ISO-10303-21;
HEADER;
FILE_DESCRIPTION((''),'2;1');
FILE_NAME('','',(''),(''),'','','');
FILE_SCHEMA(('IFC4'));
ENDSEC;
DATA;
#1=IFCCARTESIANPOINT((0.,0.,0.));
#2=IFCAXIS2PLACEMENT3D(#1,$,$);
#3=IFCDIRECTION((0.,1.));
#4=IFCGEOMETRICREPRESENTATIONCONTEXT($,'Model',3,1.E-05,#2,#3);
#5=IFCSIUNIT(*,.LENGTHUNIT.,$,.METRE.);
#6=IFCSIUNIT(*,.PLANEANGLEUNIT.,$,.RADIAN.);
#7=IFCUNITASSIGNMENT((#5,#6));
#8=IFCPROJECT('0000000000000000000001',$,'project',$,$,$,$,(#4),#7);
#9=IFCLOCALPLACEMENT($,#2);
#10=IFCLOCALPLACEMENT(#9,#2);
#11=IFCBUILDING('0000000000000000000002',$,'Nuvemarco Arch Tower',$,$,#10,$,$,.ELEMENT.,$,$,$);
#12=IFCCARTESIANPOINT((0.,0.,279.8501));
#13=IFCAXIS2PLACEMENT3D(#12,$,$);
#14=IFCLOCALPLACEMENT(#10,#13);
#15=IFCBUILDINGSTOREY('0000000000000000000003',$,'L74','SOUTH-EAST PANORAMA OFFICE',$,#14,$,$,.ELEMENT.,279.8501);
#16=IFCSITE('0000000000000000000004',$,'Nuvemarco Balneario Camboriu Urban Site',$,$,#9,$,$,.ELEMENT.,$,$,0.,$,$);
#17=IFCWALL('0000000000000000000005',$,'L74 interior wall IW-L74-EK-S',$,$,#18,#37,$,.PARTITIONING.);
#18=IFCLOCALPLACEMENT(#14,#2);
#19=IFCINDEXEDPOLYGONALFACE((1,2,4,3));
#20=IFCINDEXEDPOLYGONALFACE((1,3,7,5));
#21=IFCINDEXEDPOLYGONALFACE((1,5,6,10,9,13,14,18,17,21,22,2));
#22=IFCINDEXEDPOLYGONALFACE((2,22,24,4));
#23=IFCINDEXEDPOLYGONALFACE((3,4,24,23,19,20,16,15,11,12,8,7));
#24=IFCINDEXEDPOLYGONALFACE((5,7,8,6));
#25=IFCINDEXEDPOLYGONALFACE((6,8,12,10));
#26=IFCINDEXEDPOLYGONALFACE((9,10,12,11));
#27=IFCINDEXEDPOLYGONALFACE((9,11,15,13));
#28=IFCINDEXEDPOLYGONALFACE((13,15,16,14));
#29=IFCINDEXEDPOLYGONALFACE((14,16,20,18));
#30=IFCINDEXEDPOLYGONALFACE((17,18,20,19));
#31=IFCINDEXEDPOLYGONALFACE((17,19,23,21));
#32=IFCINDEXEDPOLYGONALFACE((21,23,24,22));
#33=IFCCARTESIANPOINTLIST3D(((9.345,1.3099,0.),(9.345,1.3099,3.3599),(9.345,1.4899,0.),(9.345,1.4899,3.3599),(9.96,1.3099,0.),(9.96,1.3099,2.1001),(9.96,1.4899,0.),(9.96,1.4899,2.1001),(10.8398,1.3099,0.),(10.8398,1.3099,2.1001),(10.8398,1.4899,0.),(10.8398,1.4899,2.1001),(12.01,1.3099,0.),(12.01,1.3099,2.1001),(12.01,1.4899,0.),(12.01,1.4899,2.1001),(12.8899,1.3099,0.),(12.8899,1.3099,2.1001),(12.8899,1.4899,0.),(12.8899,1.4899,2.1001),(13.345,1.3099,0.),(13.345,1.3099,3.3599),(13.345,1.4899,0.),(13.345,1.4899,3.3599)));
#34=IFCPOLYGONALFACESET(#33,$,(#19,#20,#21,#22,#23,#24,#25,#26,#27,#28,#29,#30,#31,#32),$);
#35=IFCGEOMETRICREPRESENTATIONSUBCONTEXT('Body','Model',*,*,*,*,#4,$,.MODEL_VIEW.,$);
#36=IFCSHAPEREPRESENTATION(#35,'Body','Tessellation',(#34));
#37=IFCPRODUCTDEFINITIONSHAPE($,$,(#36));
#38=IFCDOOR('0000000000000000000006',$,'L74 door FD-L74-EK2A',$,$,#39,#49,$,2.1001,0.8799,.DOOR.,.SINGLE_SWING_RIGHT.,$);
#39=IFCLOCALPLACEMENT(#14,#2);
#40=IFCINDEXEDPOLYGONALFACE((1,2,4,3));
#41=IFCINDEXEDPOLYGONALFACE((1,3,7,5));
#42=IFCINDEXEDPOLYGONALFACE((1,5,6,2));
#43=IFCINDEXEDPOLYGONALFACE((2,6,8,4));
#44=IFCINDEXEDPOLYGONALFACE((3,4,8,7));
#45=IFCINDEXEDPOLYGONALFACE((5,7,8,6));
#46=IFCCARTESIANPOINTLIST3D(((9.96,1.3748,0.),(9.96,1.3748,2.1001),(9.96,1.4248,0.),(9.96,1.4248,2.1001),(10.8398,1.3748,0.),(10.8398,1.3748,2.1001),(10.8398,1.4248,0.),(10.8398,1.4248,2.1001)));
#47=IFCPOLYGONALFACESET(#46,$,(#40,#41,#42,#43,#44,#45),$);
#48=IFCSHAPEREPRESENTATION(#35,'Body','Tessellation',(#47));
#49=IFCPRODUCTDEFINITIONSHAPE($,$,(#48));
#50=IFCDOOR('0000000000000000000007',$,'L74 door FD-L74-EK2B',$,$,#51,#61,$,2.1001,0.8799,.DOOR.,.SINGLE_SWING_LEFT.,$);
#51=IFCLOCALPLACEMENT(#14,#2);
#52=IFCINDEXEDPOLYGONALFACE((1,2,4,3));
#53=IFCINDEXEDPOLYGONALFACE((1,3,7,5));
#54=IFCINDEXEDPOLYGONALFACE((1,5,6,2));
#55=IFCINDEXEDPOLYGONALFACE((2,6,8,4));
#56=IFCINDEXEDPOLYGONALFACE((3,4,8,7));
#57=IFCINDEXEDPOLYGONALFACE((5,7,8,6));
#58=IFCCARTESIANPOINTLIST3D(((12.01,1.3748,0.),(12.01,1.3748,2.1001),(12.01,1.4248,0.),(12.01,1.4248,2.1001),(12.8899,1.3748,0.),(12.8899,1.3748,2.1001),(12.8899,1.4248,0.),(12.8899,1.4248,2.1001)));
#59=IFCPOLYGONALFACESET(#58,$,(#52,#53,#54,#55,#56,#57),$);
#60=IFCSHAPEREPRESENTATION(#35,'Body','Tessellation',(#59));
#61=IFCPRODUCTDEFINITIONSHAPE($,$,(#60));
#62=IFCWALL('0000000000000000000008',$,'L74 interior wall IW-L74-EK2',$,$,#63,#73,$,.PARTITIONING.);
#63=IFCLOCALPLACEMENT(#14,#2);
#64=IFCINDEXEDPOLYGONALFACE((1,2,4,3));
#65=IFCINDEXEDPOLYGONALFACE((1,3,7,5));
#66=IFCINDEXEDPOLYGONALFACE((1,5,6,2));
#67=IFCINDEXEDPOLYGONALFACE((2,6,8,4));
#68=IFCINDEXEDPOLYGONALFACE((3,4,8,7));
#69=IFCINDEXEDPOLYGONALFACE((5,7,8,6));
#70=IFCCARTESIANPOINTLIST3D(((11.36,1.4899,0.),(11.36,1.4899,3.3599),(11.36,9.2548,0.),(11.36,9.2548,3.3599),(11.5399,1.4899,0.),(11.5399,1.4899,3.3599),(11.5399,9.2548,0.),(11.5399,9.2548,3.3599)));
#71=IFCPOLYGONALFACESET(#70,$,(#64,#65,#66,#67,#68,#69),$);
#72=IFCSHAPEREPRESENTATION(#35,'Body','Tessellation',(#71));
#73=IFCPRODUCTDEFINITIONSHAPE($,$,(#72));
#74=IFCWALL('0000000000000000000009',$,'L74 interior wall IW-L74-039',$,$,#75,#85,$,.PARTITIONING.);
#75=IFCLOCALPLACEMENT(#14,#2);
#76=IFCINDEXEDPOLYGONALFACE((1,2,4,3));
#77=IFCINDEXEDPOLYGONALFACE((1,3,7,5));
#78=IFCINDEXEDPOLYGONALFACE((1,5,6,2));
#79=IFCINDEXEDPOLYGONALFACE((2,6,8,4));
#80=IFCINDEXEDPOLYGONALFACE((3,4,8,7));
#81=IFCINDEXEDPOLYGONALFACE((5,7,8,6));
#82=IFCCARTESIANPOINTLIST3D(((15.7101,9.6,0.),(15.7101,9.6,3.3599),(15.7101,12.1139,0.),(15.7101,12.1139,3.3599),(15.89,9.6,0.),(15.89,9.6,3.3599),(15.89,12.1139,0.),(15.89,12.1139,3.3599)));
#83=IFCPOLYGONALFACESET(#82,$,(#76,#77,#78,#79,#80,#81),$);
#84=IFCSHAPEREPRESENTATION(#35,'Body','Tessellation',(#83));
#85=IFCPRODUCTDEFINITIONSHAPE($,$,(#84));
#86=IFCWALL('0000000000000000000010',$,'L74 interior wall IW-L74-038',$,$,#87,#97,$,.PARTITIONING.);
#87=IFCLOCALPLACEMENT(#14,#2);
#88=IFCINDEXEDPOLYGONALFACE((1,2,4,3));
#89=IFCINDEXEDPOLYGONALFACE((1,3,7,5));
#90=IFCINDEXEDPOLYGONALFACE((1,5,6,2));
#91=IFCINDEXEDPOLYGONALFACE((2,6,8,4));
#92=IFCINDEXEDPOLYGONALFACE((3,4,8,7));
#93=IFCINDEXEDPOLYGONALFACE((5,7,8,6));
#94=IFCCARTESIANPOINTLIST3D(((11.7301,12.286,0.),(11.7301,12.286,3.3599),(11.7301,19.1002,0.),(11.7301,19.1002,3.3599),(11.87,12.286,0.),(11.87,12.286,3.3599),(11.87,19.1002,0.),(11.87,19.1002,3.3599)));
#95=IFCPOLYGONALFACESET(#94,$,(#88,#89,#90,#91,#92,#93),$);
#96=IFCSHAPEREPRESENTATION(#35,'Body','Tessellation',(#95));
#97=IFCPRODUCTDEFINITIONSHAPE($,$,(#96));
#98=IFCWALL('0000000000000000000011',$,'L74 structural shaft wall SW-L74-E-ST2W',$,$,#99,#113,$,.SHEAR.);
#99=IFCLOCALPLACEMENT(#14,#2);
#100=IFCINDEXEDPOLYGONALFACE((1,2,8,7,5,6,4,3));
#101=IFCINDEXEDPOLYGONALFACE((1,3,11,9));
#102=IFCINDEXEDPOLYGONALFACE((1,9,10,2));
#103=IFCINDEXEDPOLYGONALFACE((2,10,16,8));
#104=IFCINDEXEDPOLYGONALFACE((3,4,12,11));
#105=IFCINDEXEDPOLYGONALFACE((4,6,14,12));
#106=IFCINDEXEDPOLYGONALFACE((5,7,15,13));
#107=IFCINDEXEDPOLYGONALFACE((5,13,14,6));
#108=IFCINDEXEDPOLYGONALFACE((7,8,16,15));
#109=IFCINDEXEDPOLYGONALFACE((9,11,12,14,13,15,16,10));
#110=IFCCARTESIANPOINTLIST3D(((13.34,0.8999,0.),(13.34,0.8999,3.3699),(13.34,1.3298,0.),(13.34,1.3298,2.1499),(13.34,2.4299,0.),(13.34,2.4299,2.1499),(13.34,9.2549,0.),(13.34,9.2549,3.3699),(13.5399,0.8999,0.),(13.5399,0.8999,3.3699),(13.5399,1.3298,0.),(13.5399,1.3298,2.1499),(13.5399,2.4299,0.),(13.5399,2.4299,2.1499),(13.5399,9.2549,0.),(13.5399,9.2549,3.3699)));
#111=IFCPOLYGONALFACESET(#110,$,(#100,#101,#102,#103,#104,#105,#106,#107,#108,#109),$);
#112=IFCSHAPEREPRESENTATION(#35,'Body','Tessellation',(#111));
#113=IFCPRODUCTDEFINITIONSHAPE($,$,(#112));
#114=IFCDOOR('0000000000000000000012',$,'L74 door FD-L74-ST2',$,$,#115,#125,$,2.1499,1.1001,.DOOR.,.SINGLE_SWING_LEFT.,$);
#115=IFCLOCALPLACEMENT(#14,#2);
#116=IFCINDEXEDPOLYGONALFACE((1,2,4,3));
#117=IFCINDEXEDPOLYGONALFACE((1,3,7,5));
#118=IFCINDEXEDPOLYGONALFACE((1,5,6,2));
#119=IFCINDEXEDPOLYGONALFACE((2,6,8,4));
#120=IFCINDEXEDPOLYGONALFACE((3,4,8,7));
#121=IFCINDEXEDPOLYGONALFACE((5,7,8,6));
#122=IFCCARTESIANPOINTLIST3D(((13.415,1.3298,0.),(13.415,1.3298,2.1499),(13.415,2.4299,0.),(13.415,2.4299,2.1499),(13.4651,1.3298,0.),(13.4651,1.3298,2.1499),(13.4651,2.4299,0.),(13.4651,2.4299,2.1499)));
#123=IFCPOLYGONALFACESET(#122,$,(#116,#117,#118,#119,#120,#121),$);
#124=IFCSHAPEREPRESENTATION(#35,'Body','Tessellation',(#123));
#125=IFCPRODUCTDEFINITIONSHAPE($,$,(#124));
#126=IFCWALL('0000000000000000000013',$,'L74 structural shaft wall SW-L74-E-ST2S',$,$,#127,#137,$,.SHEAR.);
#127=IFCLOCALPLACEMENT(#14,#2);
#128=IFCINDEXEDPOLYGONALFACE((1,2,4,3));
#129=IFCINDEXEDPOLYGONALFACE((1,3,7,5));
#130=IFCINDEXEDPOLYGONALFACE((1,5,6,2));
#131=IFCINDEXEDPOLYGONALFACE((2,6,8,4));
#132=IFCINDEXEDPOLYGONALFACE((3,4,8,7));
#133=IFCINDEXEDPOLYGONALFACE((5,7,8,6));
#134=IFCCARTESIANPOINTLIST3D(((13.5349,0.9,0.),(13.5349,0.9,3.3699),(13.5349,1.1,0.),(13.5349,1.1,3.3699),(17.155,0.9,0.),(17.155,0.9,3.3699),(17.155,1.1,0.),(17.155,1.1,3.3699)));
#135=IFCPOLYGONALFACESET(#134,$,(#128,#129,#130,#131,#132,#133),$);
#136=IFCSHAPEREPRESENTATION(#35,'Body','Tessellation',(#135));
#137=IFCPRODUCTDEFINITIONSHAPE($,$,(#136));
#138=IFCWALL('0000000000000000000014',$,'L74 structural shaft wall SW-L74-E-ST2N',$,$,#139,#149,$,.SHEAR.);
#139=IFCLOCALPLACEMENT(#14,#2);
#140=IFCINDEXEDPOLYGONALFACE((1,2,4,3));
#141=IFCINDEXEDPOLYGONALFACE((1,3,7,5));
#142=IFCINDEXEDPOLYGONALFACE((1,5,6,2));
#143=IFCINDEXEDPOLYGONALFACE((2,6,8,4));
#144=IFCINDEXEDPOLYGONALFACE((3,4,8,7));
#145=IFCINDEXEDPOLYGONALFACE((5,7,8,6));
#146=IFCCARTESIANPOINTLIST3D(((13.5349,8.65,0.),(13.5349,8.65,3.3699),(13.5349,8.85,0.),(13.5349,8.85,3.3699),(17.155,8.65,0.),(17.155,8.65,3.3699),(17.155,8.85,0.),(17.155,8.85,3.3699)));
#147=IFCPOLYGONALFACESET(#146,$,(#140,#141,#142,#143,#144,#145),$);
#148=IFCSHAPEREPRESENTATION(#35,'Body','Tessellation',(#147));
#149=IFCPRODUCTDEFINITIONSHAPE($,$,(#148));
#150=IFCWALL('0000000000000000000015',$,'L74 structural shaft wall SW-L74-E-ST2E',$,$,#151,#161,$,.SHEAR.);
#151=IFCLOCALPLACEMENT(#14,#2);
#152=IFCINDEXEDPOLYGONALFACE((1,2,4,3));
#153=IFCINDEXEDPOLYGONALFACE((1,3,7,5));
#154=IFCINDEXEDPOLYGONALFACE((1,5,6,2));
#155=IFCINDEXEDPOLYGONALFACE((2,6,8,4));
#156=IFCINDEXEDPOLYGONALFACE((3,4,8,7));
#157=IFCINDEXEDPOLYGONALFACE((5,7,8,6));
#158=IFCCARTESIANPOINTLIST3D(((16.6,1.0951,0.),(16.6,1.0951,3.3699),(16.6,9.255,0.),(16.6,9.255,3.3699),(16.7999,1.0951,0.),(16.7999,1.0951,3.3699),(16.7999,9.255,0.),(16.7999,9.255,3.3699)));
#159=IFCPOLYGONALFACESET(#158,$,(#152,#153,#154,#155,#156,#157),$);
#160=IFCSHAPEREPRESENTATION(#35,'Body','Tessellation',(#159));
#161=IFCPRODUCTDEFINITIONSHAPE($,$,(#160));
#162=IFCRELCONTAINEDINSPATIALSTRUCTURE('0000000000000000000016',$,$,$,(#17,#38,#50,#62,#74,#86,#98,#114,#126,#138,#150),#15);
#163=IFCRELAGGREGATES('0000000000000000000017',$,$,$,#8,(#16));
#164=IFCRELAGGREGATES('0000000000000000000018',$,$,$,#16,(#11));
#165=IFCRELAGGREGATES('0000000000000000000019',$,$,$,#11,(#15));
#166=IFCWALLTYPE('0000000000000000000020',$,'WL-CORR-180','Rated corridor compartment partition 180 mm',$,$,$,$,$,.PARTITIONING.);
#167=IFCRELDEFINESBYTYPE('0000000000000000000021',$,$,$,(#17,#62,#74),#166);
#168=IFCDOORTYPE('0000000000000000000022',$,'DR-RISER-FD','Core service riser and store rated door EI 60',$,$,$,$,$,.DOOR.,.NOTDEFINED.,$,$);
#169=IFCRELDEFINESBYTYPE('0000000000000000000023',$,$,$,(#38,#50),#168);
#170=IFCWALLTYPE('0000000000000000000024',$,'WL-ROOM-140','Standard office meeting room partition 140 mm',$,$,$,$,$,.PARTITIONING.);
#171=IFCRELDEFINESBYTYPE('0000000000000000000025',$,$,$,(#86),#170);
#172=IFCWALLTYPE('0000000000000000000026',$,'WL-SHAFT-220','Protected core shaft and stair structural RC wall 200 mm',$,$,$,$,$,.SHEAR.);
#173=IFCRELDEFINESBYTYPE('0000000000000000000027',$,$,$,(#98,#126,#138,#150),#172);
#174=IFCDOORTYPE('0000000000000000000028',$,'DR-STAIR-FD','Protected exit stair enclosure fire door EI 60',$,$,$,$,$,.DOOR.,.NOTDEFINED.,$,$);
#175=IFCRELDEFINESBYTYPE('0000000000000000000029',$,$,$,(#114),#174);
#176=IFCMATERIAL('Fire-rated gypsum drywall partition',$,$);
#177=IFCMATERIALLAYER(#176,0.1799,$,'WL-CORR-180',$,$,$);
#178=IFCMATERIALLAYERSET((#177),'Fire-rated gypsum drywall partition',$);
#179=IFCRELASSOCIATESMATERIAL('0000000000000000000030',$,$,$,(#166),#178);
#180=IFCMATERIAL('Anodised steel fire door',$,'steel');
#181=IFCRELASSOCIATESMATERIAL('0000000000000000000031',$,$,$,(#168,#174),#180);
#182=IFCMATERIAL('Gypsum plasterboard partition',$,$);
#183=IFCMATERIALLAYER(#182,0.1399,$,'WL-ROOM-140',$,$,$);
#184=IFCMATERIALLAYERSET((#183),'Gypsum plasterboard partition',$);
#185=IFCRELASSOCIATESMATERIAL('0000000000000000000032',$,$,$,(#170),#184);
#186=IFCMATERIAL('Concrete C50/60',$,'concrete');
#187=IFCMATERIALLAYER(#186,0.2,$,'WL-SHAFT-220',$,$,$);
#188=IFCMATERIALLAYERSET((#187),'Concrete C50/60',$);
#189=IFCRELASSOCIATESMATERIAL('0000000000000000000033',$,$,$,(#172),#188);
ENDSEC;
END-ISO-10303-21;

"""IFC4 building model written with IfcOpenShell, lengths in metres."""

from ifc_helpers import new_model, si_unit, direction, frame, frame_2d, origin, place, context, subcontext, project, spatial, rectangle, extrude, source, transform, mapped, material, layer, layer_set, type_object, type_shapes, element, fill, save


model = new_model("IFC4")

# Units and contexts
model_context = context("Model", 3, precision=1e-05, world=origin(), true_north=direction((0.0, 1.0)))
body_context = subcontext(model_context, "Body", "Model", "MODEL_VIEW")
ifc_project = project(units=[si_unit("LENGTHUNIT", "METRE"), si_unit("PLANEANGLEUNIT", "RADIAN")], contexts=[model_context])

# Site, building, storey
site_placement = place(None, origin())
site = spatial("IfcSite", under=ifc_project, at=site_placement, Name="Nuvemarco Balneario Camboriu Urban Site", CompositionType="ELEMENT", RefElevation=0.0)
building_placement = place(site_placement, origin())
building = spatial("IfcBuilding", under=site, at=building_placement, Name="Nuvemarco Arch Tower", CompositionType="ELEMENT")
storey_placement = place(building_placement, frame((0.0, 0.0, 279.8501)))
storey = spatial("IfcBuildingStorey", under=building, at=storey_placement, Name="L74", Description="SOUTH-EAST PANORAMA OFFICE", CompositionType="ELEMENT", Elevation=279.8501)

# Shared definitions
ifc_material_1 = material(Name="Concrete C50/60", Category="concrete")

# Wall, openings, doors
ifc_material_2 = material(Name="Fire-rated gypsum drywall partition")
ifc_layer_1 = layer(ifc_material_2, 0.1799, Name="WL-CORR-180")
ifc_layer_set_1 = layer_set([ifc_layer_1], Name="Fire-rated gypsum drywall partition")
wall_type_1 = type_object("IfcWallType", Name="WL-CORR-180", Description="Rated corridor compartment partition 180 mm", PredefinedType="PARTITIONING", material=ifc_layer_set_1)
wall_1_placement = place(storey_placement, frame((9.345, 1.3999, 0.0), z_axis=(0.0, 0.0, 1.0), x_axis=(1.0, 0.0, 0.0)))
wall_1 = element("IfcWall", 1, at=wall_1_placement, inside=storey, type_object=wall_type_1, Name="L74 interior wall IW-L74-EK-S", PredefinedType="PARTITIONING", context=body_context, shape_type="SweptSolid", body=[
    extrude(rectangle(XDim=4.0, YDim=0.1799, at=frame_2d((2.0, 0.0))), origin(), (0.0, 0.0, 1.0), 3.3599),
])
opening_1_placement = place(wall_1_placement, frame((0.615, 0.0, 0.0)))
opening_1 = element("IfcOpeningElement", 2, at=opening_1_placement, cuts=wall_1, PredefinedType="OPENING", context=body_context, shape_type="SweptSolid", body=[
    extrude(rectangle(XDim=0.8799, YDim=2.1001, at=frame_2d((0.4399, 1.05))), frame((0.0, 0.0999, 0.0), z_axis=(0.0, -1.0, 0.0), x_axis=(1.0, 0.0, 0.0)), (0.0, 0.0, 1.0), 0.2),
])
opening_2_placement = place(wall_1_placement, frame((2.665, 0.0, 0.0)))
opening_2 = element("IfcOpeningElement", 3, at=opening_2_placement, cuts=wall_1, PredefinedType="OPENING", context=body_context, shape_type="SweptSolid", body=[
    extrude(rectangle(XDim=0.8799, YDim=2.1001, at=frame_2d((0.4399, 1.05))), frame((0.0, 0.0999, 0.0), z_axis=(0.0, -1.0, 0.0), x_axis=(1.0, 0.0, 0.0)), (0.0, 0.0, 1.0), 0.2),
])
ifc_material_3 = material(Name="Anodised steel fire door", Category="steel")
door_type_1 = type_object("IfcDoorType", Name="DR-RISER-FD", Description="Core service riser and store rated door EI 60", OperationType="NOTDEFINED", PredefinedType="DOOR", material=ifc_material_3)
shared_shape_1 = source(origin(), body_context, "Body", "SweptSolid", [
    extrude(rectangle(XDim=0.8799, YDim=2.1001, at=frame_2d((0.4399, 1.05))), frame((0.0, 0.0249, 0.0), z_axis=(0.0, -1.0, 0.0), x_axis=(1.0, 0.0, 0.0)), (0.0, 0.0, 1.0), 0.05),
])
type_shapes(door_type_1, [shared_shape_1])
door_1_placement = place(opening_1_placement, origin())
door_1 = element("IfcDoor", 4, at=door_1_placement, inside=storey, type_object=door_type_1, Name="L74 door FD-L74-EK2A", OperationType="SINGLE_SWING_RIGHT", OverallHeight=2.1001, OverallWidth=0.8799, PredefinedType="DOOR", context=body_context, shape_type="MappedRepresentation", body=[
    mapped(shared_shape_1, transform((0.0, 0.0, 0.0), scale=1.0)),
])
fill(opening_1, door_1)
door_2_placement = place(opening_2_placement, origin())
door_2 = element("IfcDoor", 5, at=door_2_placement, inside=storey, type_object=door_type_1, Name="L74 door FD-L74-EK2B", OperationType="SINGLE_SWING_LEFT", OverallHeight=2.1001, OverallWidth=0.8799, PredefinedType="DOOR", context=body_context, shape_type="MappedRepresentation", body=[
    mapped(shared_shape_1, transform((0.0, 0.0, 0.0), scale=1.0)),
])
fill(opening_2, door_2)

# Walls
wall_2_placement = place(storey_placement, frame((11.45, 1.49, 0.0), z_axis=(0.0, 0.0, 1.0), x_axis=(0.0, 1.0, 0.0)))
element("IfcWall", 6, at=wall_2_placement, inside=storey, type_object=wall_type_1, Name="L74 interior wall IW-L74-EK2", PredefinedType="PARTITIONING", context=body_context, shape_type="SweptSolid", body=[
    extrude(rectangle(XDim=7.7649, YDim=0.1799, at=frame_2d((3.8823, 0.0))), origin(), (0.0, 0.0, 1.0), 3.3599),
])
wall_3_placement = place(storey_placement, frame((15.8, 9.6001, 0.0), z_axis=(0.0, 0.0, 1.0), x_axis=(0.0, 1.0, 0.0)))
element("IfcWall", 7, at=wall_3_placement, inside=storey, type_object=wall_type_1, Name="L74 interior wall IW-L74-039", PredefinedType="PARTITIONING", context=body_context, shape_type="SweptSolid", body=[
    extrude(rectangle(XDim=2.5139, YDim=0.1799, at=frame_2d((1.2568, 0.0))), origin(), (0.0, 0.0, 1.0), 3.3599),
])
ifc_material_4 = material(Name="Gypsum plasterboard partition")
ifc_layer_2 = layer(ifc_material_4, 0.1399, Name="WL-ROOM-140")
ifc_layer_set_2 = layer_set([ifc_layer_2], Name="Gypsum plasterboard partition")
wall_type_2 = type_object("IfcWallType", Name="WL-ROOM-140", Description="Standard office meeting room partition 140 mm", PredefinedType="PARTITIONING", material=ifc_layer_set_2)
wall_4_placement = place(storey_placement, frame((11.8, 12.2859, 0.0), z_axis=(0.0, 0.0, 1.0), x_axis=(0.0, 1.0, 0.0)))
element("IfcWall", 8, at=wall_4_placement, inside=storey, type_object=wall_type_2, Name="L74 interior wall IW-L74-038", PredefinedType="PARTITIONING", context=body_context, shape_type="SweptSolid", body=[
    extrude(rectangle(XDim=6.8142, YDim=0.1399, at=frame_2d((3.4072, 0.0))), origin(), (0.0, 0.0, 1.0), 3.3599),
])

# Wall, opening, door
ifc_layer_3 = layer(ifc_material_1, 0.2, Name="WL-SHAFT-220")
ifc_layer_set_3 = layer_set([ifc_layer_3], Name="Concrete C50/60")
wall_type_3 = type_object("IfcWallType", Name="WL-SHAFT-220", Description="Protected core shaft and stair structural RC wall 200 mm", PredefinedType="SHEAR", material=ifc_layer_set_3)
wall_5_placement = place(storey_placement, frame((13.4399, 0.8999, 0.0), z_axis=(0.0, 0.0, 1.0), x_axis=(0.0, 1.0, 0.0)))
wall_5 = element("IfcWall", 9, at=wall_5_placement, inside=storey, type_object=wall_type_3, Name="L74 structural shaft wall SW-L74-E-ST2W", PredefinedType="SHEAR", context=body_context, shape_type="SweptSolid", body=[
    extrude(rectangle(XDim=8.355, YDim=0.2, at=frame_2d((4.1775, 0.0))), origin(), (0.0, 0.0, 1.0), 3.3699),
])
opening_3_placement = place(wall_5_placement, frame((0.4299, 0.0, 0.0)))
opening_3 = element("IfcOpeningElement", 10, at=opening_3_placement, cuts=wall_5, PredefinedType="OPENING", context=body_context, shape_type="SweptSolid", body=[
    extrude(rectangle(XDim=1.1001, YDim=2.1499, at=frame_2d((0.55, 1.075))), frame((0.0, 0.1099, 0.0), z_axis=(0.0, -1.0, 0.0), x_axis=(1.0, 0.0, 0.0)), (0.0, 0.0, 1.0), 0.22),
])
door_type_2 = type_object("IfcDoorType", Name="DR-STAIR-FD", Description="Protected exit stair enclosure fire door EI 60", OperationType="NOTDEFINED", PredefinedType="DOOR", material=ifc_material_3)
shared_shape_2 = source(origin(), body_context, "Body", "SweptSolid", [
    extrude(rectangle(XDim=1.1001, YDim=2.1499, at=frame_2d((0.55, 1.075))), frame((0.0, 0.0249, 0.0), z_axis=(0.0, -1.0, 0.0), x_axis=(1.0, 0.0, 0.0)), (0.0, 0.0, 1.0), 0.05),
])
type_shapes(door_type_2, [shared_shape_2])
door_3_placement = place(opening_3_placement, origin())
door_3 = element("IfcDoor", 11, at=door_3_placement, inside=storey, type_object=door_type_2, Name="L74 door FD-L74-ST2", OperationType="SINGLE_SWING_LEFT", OverallHeight=2.1499, OverallWidth=1.1001, PredefinedType="DOOR", context=body_context, shape_type="MappedRepresentation", body=[
    mapped(shared_shape_2, transform((0.0, 0.0, 0.0), scale=1.0)),
])
fill(opening_3, door_3)

# Walls
for number, where, z_axis, x_axis, name in (
    (12, (13.5349, 1.0, 0.0), (0.0, 0.0, 1.0), (1.0, 0.0, 0.0), "L74 structural shaft wall SW-L74-E-ST2S"),
    (13, (13.5349, 8.75, 0.0), (0.0, 0.0, 1.0), (1.0, 0.0, 0.0), "L74 structural shaft wall SW-L74-E-ST2N"),
):
    element("IfcWall", number, at=place(storey_placement, frame(where, z_axis=z_axis, x_axis=x_axis)), inside=storey, type_object=wall_type_3, Name=name, PredefinedType="SHEAR", context=body_context, shape_type="SweptSolid", body=[
        extrude(rectangle(XDim=3.6201, YDim=0.2, at=frame_2d((1.8101, 0.0))), origin(), (0.0, 0.0, 1.0), 3.3699),
    ])
wall_6_placement = place(storey_placement, frame((16.7, 1.095, 0.0), z_axis=(0.0, 0.0, 1.0), x_axis=(0.0, 1.0, 0.0)))
element("IfcWall", 14, at=wall_6_placement, inside=storey, type_object=wall_type_3, Name="L74 structural shaft wall SW-L74-E-ST2E", PredefinedType="SHEAR", context=body_context, shape_type="SweptSolid", body=[
    extrude(rectangle(XDim=8.1599, YDim=0.2, at=frame_2d((4.0801, 0.0))), origin(), (0.0, 0.0, 1.0), 3.3699),
])

save(model, "model.ifc")
